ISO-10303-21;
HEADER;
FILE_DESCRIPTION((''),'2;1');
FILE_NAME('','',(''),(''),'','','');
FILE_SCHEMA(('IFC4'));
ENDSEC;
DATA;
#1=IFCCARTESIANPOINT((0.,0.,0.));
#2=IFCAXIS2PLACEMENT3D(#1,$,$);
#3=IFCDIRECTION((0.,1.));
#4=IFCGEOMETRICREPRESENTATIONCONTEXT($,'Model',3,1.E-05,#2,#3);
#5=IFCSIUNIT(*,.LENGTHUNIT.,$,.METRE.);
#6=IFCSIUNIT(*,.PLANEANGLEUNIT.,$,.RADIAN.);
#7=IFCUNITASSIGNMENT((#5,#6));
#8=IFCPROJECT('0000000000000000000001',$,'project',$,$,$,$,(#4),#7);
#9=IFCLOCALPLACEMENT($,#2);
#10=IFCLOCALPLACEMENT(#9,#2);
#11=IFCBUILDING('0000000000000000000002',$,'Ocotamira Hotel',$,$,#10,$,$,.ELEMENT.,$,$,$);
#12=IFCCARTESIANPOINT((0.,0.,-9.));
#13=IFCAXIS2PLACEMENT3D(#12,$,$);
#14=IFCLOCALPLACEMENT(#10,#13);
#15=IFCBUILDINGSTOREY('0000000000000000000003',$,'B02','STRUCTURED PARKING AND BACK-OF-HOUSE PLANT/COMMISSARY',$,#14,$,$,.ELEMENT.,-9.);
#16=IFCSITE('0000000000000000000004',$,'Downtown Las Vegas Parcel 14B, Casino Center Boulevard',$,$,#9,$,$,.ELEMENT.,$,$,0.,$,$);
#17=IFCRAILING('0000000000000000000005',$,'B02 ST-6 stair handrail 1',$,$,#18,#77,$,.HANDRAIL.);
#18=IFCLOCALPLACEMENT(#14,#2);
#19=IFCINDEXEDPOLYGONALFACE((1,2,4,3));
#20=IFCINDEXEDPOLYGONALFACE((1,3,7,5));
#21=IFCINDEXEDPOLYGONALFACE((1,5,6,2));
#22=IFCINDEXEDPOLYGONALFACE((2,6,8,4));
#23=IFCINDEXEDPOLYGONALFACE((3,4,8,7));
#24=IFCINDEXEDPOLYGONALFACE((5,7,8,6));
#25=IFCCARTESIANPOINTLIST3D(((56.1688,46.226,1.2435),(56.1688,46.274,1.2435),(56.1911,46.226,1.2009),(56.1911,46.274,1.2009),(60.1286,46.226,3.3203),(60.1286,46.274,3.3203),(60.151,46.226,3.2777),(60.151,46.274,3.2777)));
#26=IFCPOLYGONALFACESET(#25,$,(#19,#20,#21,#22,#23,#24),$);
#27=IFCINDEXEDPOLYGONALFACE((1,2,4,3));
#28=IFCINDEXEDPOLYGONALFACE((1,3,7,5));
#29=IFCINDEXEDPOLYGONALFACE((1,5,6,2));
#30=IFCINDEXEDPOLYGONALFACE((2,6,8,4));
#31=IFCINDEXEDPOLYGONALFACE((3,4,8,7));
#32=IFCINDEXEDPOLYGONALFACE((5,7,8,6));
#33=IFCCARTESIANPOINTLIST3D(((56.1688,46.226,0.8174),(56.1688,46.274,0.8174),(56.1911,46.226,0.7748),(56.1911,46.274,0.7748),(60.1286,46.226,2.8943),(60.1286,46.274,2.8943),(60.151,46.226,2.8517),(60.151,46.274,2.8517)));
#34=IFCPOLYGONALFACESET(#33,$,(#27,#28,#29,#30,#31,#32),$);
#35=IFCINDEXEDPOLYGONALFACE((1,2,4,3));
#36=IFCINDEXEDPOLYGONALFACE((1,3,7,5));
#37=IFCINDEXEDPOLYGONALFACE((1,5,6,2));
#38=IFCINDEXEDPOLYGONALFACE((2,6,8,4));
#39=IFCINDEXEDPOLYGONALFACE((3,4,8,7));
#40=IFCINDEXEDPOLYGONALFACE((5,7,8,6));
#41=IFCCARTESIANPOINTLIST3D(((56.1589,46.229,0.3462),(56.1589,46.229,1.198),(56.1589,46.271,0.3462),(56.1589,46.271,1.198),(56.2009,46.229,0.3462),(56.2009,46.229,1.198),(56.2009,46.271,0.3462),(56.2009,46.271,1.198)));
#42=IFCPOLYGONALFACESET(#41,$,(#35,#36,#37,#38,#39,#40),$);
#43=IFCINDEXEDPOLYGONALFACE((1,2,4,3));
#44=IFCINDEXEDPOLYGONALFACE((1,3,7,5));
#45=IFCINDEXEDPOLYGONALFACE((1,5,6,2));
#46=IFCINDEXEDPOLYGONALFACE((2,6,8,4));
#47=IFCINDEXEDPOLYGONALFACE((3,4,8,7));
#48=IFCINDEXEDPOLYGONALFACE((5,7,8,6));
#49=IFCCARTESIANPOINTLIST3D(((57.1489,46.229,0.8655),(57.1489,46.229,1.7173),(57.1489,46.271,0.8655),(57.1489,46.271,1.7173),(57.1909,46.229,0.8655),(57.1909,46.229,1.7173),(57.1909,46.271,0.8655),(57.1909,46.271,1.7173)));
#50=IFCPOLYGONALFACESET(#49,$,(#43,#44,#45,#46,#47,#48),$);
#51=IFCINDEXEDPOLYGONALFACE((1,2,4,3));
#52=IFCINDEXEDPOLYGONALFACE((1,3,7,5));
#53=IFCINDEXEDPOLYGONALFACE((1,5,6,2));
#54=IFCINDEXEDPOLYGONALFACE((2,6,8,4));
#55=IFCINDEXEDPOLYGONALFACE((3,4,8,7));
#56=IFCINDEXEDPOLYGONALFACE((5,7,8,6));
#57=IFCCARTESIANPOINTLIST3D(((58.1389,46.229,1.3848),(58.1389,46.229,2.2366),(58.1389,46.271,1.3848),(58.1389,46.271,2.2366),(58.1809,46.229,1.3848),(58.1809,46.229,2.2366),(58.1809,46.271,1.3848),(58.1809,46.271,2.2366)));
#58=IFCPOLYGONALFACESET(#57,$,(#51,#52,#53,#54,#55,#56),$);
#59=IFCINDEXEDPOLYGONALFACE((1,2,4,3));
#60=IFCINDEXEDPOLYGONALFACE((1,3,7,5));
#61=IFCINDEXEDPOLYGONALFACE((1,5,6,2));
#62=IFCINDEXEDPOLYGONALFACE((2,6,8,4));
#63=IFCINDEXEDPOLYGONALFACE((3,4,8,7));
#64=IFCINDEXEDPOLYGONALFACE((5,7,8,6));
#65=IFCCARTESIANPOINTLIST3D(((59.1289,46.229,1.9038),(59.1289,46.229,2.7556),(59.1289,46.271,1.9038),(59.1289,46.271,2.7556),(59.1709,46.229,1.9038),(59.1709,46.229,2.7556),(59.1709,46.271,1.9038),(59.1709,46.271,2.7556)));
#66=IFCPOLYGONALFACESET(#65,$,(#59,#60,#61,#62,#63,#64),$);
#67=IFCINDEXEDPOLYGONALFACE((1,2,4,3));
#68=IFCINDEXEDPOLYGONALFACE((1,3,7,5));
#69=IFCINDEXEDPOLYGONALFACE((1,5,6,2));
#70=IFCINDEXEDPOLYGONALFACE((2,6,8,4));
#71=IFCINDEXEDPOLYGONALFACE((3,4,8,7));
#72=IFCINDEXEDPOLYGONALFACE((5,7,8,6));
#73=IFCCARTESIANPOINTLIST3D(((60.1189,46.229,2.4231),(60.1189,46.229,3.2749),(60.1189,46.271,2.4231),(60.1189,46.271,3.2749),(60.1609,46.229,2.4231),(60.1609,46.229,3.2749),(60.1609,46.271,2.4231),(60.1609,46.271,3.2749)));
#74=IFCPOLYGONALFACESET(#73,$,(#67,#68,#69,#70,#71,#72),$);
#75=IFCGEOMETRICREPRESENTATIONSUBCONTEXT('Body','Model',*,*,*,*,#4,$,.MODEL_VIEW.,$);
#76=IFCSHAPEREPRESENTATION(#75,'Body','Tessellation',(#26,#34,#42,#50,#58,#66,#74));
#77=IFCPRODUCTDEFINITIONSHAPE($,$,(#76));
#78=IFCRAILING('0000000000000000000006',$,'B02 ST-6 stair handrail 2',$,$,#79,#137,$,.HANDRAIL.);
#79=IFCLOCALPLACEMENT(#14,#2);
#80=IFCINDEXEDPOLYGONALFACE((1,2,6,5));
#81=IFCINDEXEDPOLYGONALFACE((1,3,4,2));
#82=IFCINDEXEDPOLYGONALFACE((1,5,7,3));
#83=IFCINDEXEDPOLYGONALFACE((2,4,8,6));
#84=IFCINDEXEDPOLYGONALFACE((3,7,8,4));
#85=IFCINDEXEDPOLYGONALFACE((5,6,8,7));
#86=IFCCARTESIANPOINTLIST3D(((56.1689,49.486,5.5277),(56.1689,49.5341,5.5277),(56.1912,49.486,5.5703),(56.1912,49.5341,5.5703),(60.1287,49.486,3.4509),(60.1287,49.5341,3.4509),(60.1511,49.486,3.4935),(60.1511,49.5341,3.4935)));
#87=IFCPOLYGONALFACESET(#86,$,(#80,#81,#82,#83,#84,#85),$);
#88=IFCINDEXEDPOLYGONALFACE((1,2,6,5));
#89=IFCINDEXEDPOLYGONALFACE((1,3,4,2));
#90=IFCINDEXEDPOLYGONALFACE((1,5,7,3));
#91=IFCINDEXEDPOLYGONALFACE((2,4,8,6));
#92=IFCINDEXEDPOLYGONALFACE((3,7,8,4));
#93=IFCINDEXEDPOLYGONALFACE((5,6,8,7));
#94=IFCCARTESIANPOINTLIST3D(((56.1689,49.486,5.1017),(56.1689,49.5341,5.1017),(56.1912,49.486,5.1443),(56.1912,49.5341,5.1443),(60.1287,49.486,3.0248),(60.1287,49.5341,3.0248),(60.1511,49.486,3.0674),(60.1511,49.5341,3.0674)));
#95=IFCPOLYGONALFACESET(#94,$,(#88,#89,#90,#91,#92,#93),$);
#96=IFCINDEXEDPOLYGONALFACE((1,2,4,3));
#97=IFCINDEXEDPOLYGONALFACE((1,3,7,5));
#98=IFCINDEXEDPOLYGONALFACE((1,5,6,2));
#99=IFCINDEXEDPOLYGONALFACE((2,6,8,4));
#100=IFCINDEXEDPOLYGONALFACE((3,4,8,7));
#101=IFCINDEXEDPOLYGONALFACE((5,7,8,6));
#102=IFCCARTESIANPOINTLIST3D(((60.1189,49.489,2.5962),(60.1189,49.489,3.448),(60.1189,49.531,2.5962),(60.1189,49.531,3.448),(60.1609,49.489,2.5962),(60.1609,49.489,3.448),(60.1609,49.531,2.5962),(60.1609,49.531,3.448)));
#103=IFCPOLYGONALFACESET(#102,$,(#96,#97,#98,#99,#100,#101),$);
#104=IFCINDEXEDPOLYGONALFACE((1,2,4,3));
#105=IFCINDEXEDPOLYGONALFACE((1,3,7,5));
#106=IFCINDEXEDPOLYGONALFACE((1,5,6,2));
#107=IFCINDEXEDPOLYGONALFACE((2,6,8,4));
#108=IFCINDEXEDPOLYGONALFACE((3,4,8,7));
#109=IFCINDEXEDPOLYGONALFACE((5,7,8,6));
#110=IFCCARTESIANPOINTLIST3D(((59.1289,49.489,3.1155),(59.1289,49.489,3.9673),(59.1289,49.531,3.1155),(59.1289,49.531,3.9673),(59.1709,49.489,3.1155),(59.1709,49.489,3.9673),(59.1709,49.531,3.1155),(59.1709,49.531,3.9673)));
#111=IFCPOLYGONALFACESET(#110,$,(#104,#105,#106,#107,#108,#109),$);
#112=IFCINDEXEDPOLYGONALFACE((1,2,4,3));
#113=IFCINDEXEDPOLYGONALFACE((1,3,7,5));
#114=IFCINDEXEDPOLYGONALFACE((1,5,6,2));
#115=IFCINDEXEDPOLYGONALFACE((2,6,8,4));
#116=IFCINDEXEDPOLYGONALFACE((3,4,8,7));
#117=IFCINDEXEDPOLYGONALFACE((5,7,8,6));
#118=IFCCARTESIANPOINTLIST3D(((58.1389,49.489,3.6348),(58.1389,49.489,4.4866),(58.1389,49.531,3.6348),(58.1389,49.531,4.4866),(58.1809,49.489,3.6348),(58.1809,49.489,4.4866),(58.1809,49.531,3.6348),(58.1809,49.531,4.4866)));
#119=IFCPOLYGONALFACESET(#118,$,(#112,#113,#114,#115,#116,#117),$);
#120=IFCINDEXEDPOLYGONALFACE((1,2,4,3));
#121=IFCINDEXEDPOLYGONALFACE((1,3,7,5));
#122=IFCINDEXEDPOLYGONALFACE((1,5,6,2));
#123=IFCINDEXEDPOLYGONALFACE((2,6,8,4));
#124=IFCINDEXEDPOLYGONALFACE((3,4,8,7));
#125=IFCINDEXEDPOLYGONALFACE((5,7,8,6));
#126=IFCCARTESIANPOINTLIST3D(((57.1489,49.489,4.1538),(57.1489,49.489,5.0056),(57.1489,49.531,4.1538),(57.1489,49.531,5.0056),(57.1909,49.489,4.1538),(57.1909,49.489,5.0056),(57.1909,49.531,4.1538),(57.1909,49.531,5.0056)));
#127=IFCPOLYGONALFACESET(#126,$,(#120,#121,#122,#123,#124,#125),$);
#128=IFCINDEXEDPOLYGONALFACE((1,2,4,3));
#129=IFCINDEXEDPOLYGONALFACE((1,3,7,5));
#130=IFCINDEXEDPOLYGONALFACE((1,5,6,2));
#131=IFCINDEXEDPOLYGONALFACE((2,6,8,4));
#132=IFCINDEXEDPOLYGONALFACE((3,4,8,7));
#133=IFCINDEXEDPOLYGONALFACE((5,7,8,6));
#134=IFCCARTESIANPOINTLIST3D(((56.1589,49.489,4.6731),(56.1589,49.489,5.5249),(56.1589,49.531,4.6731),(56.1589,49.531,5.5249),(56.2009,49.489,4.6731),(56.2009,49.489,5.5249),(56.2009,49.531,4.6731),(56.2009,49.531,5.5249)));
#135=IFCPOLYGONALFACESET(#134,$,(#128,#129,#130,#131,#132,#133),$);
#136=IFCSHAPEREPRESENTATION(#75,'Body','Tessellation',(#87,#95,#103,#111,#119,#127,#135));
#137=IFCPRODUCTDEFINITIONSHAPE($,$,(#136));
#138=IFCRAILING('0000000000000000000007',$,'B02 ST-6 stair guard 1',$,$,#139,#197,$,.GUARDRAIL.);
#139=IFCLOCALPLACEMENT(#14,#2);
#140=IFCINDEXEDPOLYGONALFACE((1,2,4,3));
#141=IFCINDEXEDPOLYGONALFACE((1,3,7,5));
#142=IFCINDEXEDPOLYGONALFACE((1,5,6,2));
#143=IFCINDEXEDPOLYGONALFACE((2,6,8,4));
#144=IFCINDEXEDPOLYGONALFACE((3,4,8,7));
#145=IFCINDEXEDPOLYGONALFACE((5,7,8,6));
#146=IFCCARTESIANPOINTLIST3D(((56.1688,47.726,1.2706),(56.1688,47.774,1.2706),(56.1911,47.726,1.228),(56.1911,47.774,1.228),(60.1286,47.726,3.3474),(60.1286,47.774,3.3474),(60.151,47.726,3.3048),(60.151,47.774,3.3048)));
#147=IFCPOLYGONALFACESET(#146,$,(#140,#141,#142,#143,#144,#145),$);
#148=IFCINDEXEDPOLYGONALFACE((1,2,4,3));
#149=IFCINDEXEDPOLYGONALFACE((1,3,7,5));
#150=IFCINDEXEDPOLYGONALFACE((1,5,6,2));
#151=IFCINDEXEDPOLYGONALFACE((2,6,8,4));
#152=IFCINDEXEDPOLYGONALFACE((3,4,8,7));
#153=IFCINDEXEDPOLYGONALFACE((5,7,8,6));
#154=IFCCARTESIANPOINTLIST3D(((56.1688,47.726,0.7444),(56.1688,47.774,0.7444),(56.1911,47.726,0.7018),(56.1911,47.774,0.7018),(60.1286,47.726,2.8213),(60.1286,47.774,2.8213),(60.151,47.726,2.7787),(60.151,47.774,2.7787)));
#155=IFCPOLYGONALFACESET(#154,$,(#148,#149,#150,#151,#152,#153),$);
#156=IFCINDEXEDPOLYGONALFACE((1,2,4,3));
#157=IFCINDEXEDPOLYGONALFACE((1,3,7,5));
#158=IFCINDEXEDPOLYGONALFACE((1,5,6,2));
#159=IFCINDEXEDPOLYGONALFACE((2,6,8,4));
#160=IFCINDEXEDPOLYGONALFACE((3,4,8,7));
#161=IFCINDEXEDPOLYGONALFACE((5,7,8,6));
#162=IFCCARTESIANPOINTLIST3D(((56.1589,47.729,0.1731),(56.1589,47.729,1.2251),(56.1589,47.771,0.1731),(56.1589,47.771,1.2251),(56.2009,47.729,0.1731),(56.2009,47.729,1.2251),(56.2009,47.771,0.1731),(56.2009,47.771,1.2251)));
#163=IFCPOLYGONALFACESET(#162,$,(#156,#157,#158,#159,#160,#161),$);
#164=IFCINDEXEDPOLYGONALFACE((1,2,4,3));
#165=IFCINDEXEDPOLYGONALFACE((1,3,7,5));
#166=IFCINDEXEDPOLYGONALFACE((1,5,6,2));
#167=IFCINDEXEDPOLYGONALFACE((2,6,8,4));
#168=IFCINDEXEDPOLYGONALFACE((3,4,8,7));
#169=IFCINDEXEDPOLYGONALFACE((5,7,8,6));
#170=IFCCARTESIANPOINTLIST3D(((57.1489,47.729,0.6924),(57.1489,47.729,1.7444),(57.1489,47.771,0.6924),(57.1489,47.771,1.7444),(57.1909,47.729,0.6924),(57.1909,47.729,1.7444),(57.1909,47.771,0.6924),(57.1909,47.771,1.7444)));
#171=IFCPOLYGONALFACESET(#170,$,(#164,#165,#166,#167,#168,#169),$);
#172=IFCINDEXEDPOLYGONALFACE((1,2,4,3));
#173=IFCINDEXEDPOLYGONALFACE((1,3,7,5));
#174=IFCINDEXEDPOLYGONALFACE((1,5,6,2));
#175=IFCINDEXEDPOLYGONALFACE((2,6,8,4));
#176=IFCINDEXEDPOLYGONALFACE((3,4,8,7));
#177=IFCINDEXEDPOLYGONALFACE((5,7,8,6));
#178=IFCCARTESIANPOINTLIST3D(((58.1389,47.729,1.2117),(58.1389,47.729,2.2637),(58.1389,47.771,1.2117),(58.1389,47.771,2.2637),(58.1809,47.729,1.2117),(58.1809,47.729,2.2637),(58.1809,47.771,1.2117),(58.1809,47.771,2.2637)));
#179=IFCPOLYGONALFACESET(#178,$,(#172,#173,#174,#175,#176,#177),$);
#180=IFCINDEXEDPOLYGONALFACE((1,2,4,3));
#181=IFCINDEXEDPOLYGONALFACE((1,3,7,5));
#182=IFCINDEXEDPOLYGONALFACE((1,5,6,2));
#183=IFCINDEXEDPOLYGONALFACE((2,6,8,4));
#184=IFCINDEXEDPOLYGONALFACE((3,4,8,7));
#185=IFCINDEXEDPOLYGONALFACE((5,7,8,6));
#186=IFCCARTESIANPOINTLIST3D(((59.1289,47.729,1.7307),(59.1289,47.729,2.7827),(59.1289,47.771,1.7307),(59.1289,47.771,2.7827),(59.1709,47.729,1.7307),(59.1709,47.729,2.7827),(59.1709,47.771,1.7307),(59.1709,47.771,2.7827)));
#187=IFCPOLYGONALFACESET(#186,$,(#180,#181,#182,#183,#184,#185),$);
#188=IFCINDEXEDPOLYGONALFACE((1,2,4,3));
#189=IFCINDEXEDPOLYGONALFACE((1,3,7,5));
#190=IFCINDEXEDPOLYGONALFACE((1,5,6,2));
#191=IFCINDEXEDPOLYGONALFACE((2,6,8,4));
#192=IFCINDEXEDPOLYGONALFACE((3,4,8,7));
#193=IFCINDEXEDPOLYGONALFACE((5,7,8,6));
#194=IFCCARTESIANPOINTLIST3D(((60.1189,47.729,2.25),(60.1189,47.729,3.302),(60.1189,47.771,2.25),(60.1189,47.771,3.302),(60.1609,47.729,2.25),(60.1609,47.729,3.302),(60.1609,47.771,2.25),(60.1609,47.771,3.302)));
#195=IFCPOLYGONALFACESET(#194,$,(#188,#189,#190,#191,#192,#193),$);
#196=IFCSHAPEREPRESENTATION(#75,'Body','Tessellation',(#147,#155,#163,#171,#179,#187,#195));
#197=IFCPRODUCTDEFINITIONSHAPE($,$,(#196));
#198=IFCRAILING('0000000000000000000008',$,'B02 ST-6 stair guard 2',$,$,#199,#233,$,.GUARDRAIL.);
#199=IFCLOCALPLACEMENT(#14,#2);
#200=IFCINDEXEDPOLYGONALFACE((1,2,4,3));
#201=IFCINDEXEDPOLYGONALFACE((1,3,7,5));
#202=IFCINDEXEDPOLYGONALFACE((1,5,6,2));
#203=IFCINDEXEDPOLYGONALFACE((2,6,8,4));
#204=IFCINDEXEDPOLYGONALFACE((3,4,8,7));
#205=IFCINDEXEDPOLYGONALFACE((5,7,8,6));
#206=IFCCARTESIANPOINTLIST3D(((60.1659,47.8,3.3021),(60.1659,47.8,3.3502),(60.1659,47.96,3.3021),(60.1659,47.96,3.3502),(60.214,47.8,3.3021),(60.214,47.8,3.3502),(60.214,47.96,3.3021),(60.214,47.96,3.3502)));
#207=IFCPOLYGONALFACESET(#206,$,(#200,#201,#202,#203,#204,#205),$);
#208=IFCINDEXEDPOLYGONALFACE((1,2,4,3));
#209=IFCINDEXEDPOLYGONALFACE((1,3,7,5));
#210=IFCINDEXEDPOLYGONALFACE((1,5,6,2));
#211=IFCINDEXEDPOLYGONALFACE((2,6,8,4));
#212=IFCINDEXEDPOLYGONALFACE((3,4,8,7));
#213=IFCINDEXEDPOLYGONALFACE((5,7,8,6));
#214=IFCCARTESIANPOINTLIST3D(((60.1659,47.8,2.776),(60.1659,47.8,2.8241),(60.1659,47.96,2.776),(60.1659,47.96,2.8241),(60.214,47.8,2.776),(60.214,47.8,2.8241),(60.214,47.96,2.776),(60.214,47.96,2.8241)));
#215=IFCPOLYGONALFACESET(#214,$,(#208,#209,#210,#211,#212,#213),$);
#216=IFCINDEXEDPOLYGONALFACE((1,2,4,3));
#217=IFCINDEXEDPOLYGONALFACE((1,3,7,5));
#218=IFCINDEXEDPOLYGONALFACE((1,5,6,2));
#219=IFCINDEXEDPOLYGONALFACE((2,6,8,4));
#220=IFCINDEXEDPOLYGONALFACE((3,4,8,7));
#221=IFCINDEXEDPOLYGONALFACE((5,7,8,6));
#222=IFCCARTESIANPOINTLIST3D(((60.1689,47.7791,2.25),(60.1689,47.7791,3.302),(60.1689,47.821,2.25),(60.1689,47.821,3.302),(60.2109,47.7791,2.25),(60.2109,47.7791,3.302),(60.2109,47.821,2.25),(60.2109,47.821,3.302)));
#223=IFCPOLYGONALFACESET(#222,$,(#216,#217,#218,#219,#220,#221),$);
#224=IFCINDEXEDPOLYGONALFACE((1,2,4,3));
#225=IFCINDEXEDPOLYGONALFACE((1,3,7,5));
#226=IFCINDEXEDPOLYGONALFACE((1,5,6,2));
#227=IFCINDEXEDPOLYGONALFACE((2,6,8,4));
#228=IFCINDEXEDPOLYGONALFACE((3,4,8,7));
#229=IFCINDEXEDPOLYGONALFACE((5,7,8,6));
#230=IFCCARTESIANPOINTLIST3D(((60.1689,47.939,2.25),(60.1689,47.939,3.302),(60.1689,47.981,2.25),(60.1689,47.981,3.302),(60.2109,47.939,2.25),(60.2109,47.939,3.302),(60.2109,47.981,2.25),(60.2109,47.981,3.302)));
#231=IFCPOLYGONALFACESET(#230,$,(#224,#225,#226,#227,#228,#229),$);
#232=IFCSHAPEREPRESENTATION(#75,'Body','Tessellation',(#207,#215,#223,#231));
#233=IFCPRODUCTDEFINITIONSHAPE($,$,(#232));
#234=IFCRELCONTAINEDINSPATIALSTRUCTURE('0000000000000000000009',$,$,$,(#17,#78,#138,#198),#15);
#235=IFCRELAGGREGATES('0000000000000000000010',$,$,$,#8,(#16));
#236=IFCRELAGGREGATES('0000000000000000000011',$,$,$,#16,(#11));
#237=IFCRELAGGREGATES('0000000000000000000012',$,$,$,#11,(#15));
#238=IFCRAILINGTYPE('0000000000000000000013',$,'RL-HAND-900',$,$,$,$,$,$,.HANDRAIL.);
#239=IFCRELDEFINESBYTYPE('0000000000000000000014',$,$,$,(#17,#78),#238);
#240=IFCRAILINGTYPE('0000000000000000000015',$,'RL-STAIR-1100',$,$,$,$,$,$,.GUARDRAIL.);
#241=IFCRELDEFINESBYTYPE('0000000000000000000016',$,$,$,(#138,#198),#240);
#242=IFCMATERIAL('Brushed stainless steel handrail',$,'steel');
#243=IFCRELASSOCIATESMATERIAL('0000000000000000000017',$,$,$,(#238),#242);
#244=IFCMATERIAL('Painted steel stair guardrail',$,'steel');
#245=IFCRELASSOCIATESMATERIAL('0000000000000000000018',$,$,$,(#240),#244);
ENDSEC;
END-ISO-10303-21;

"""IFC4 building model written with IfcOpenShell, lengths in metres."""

from ifc_helpers import new_model, si_unit, direction, frame, origin, origin_2d, place, context, subcontext, project, spatial, rectangle, extrude, material, type_object, element, save


model = new_model("IFC4")

# Units and contexts
model_context = context("Model", 3, precision=1e-05, world=origin(), true_north=direction((0.0, 1.0)))
body_context = subcontext(model_context, "Body", "Model", "MODEL_VIEW")
ifc_project = project(units=[si_unit("LENGTHUNIT", "METRE"), si_unit("PLANEANGLEUNIT", "RADIAN")], contexts=[model_context])

# Site, building, storey
site_placement = place(None, origin())
site = spatial("IfcSite", under=ifc_project, at=site_placement, Name="Downtown Las Vegas Parcel 14B, Casino Center Boulevard", CompositionType="ELEMENT", RefElevation=0.0)
building_placement = place(site_placement, origin())
building = spatial("IfcBuilding", under=site, at=building_placement, Name="Ocotamira Hotel", CompositionType="ELEMENT")
storey_placement = place(building_placement, frame((0.0, 0.0, -9.0)))
storey = spatial("IfcBuildingStorey", under=building, at=storey_placement, Name="B02", Description="STRUCTURED PARKING AND BACK-OF-HOUSE PLANT/COMMISSARY", CompositionType="ELEMENT", Elevation=-9.0)

# Railings
ifc_material_1 = material(Name="Brushed stainless steel handrail", Category="steel")
railing_type_1 = type_object("IfcRailingType", Name="RL-HAND-900", PredefinedType="HANDRAIL", material=ifc_material_1)
railing_1_placement = place(storey_placement, frame((56.1799, 46.25, 0.3462)))
element("IfcRailing", 1, at=railing_1_placement, inside=storey, type_object=railing_type_1, Name="B02 ST-6 stair handrail 1", PredefinedType="HANDRAIL", context=body_context, shape_type="SweptSolid", body=[
    extrude(rectangle(XDim=0.0481, YDim=0.0481, at=origin_2d()), frame((0.0, 0.0, 0.876), z_axis=(0.885589, 0.0, 0.46447), x_axis=(0.0, 1.0, 0.0)), (0.0, 0.0, 1.0), 4.4714),
    extrude(rectangle(XDim=0.0481, YDim=0.0481, at=origin_2d()), frame((0.0, 0.0, 0.45), z_axis=(0.885589, 0.0, 0.46447), x_axis=(0.0, 1.0, 0.0)), (0.0, 0.0, 1.0), 4.4714),
    extrude(rectangle(XDim=0.042, YDim=0.042, at=origin_2d()), origin(), (0.0, 0.0, 1.0), 0.8518),
    extrude(rectangle(XDim=0.042, YDim=0.042, at=origin_2d()), frame((0.99, 0.0, 0.5193)), (0.0, 0.0, 1.0), 0.8518),
    extrude(rectangle(XDim=0.042, YDim=0.042, at=origin_2d()), frame((1.98, 0.0, 1.0386)), (0.0, 0.0, 1.0), 0.8518),
    extrude(rectangle(XDim=0.042, YDim=0.042, at=origin_2d()), frame((2.97, 0.0, 1.5576)), (0.0, 0.0, 1.0), 0.8518),
    extrude(rectangle(XDim=0.042, YDim=0.042, at=origin_2d()), frame((3.96, 0.0, 2.0769)), (0.0, 0.0, 1.0), 0.8518),
])
railing_2_placement = place(storey_placement, frame((60.1399, 49.51, 2.5962)))
element("IfcRailing", 2, at=railing_2_placement, inside=storey, type_object=railing_type_1, Name="B02 ST-6 stair handrail 2", PredefinedType="HANDRAIL", context=body_context, shape_type="SweptSolid", body=[
    extrude(rectangle(XDim=0.0481, YDim=0.0481, at=origin_2d()), frame((0.0, 0.0, 0.876), z_axis=(-0.885589, 0.0, 0.46447), x_axis=(0.0, -1.0, 0.0)), (0.0, 0.0, 1.0), 4.4714),
    extrude(rectangle(XDim=0.0481, YDim=0.0481, at=origin_2d()), frame((0.0, 0.0, 0.45), z_axis=(-0.885589, 0.0, 0.46447), x_axis=(0.0, -1.0, 0.0)), (0.0, 0.0, 1.0), 4.4714),
    extrude(rectangle(XDim=0.042, YDim=0.042, at=origin_2d()), origin(), (0.0, 0.0, 1.0), 0.8518),
    extrude(rectangle(XDim=0.042, YDim=0.042, at=origin_2d()), frame((-0.99, 0.0, 0.5193)), (0.0, 0.0, 1.0), 0.8518),
    extrude(rectangle(XDim=0.042, YDim=0.042, at=origin_2d()), frame((-1.98, 0.0, 1.0386)), (0.0, 0.0, 1.0), 0.8518),
    extrude(rectangle(XDim=0.042, YDim=0.042, at=origin_2d()), frame((-2.97, 0.0, 1.5576)), (0.0, 0.0, 1.0), 0.8518),
    extrude(rectangle(XDim=0.042, YDim=0.042, at=origin_2d()), frame((-3.96, 0.0, 2.0769)), (0.0, 0.0, 1.0), 0.8518),
])
ifc_material_2 = material(Name="Painted steel stair guardrail", Category="steel")
railing_type_2 = type_object("IfcRailingType", Name="RL-STAIR-1100", PredefinedType="GUARDRAIL", material=ifc_material_2)
railing_3_placement = place(storey_placement, frame((56.1799, 47.75, 0.1731)))
element("IfcRailing", 3, at=railing_3_placement, inside=storey, type_object=railing_type_2, Name="B02 ST-6 stair guard 1", PredefinedType="GUARDRAIL", context=body_context, shape_type="SweptSolid", body=[
    extrude(rectangle(XDim=0.0481, YDim=0.0481, at=origin_2d()), frame((0.0, 0.0, 1.0762), z_axis=(0.885589, 0.0, 0.46447), x_axis=(0.0, 1.0, 0.0)), (0.0, 0.0, 1.0), 4.4714),
    extrude(rectangle(XDim=0.0481, YDim=0.0481, at=origin_2d()), frame((0.0, 0.0, 0.55), z_axis=(0.885589, 0.0, 0.46447), x_axis=(0.0, 1.0, 0.0)), (0.0, 0.0, 1.0), 4.4714),
    extrude(rectangle(XDim=0.042, YDim=0.042, at=origin_2d()), origin(), (0.0, 0.0, 1.0), 1.052),
    extrude(rectangle(XDim=0.042, YDim=0.042, at=origin_2d()), frame((0.99, 0.0, 0.5193)), (0.0, 0.0, 1.0), 1.052),
    extrude(rectangle(XDim=0.042, YDim=0.042, at=origin_2d()), frame((1.98, 0.0, 1.0386)), (0.0, 0.0, 1.0), 1.052),
    extrude(rectangle(XDim=0.042, YDim=0.042, at=origin_2d()), frame((2.97, 0.0, 1.5576)), (0.0, 0.0, 1.0), 1.052),
    extrude(rectangle(XDim=0.042, YDim=0.042, at=origin_2d()), frame((3.96, 0.0, 2.0769)), (0.0, 0.0, 1.0), 1.052),
])
railing_4_placement = place(storey_placement, frame((60.1899, 47.8, 2.25)))
element("IfcRailing", 4, at=railing_4_placement, inside=storey, type_object=railing_type_2, Name="B02 ST-6 stair guard 2", PredefinedType="GUARDRAIL", context=body_context, shape_type="SweptSolid", body=[
    extrude(rectangle(XDim=0.0481, YDim=0.0481, at=origin_2d()), frame((0.0, 0.0, 1.0762), z_axis=(0.0, 1.0, 0.0), x_axis=(-1.0, 0.0, 0.0)), (0.0, 0.0, 1.0), 0.1599),
    extrude(rectangle(XDim=0.0481, YDim=0.0481, at=origin_2d()), frame((0.0, 0.0, 0.55), z_axis=(0.0, 1.0, 0.0), x_axis=(-1.0, 0.0, 0.0)), (0.0, 0.0, 1.0), 0.1599),
    extrude(rectangle(XDim=0.042, YDim=0.042, at=origin_2d()), origin(), (0.0, 0.0, 1.0), 1.052),
    extrude(rectangle(XDim=0.042, YDim=0.042, at=origin_2d()), frame((0.0, 0.1599, 0.0)), (0.0, 0.0, 1.0), 1.052),
])

save(model, "model.ifc")
